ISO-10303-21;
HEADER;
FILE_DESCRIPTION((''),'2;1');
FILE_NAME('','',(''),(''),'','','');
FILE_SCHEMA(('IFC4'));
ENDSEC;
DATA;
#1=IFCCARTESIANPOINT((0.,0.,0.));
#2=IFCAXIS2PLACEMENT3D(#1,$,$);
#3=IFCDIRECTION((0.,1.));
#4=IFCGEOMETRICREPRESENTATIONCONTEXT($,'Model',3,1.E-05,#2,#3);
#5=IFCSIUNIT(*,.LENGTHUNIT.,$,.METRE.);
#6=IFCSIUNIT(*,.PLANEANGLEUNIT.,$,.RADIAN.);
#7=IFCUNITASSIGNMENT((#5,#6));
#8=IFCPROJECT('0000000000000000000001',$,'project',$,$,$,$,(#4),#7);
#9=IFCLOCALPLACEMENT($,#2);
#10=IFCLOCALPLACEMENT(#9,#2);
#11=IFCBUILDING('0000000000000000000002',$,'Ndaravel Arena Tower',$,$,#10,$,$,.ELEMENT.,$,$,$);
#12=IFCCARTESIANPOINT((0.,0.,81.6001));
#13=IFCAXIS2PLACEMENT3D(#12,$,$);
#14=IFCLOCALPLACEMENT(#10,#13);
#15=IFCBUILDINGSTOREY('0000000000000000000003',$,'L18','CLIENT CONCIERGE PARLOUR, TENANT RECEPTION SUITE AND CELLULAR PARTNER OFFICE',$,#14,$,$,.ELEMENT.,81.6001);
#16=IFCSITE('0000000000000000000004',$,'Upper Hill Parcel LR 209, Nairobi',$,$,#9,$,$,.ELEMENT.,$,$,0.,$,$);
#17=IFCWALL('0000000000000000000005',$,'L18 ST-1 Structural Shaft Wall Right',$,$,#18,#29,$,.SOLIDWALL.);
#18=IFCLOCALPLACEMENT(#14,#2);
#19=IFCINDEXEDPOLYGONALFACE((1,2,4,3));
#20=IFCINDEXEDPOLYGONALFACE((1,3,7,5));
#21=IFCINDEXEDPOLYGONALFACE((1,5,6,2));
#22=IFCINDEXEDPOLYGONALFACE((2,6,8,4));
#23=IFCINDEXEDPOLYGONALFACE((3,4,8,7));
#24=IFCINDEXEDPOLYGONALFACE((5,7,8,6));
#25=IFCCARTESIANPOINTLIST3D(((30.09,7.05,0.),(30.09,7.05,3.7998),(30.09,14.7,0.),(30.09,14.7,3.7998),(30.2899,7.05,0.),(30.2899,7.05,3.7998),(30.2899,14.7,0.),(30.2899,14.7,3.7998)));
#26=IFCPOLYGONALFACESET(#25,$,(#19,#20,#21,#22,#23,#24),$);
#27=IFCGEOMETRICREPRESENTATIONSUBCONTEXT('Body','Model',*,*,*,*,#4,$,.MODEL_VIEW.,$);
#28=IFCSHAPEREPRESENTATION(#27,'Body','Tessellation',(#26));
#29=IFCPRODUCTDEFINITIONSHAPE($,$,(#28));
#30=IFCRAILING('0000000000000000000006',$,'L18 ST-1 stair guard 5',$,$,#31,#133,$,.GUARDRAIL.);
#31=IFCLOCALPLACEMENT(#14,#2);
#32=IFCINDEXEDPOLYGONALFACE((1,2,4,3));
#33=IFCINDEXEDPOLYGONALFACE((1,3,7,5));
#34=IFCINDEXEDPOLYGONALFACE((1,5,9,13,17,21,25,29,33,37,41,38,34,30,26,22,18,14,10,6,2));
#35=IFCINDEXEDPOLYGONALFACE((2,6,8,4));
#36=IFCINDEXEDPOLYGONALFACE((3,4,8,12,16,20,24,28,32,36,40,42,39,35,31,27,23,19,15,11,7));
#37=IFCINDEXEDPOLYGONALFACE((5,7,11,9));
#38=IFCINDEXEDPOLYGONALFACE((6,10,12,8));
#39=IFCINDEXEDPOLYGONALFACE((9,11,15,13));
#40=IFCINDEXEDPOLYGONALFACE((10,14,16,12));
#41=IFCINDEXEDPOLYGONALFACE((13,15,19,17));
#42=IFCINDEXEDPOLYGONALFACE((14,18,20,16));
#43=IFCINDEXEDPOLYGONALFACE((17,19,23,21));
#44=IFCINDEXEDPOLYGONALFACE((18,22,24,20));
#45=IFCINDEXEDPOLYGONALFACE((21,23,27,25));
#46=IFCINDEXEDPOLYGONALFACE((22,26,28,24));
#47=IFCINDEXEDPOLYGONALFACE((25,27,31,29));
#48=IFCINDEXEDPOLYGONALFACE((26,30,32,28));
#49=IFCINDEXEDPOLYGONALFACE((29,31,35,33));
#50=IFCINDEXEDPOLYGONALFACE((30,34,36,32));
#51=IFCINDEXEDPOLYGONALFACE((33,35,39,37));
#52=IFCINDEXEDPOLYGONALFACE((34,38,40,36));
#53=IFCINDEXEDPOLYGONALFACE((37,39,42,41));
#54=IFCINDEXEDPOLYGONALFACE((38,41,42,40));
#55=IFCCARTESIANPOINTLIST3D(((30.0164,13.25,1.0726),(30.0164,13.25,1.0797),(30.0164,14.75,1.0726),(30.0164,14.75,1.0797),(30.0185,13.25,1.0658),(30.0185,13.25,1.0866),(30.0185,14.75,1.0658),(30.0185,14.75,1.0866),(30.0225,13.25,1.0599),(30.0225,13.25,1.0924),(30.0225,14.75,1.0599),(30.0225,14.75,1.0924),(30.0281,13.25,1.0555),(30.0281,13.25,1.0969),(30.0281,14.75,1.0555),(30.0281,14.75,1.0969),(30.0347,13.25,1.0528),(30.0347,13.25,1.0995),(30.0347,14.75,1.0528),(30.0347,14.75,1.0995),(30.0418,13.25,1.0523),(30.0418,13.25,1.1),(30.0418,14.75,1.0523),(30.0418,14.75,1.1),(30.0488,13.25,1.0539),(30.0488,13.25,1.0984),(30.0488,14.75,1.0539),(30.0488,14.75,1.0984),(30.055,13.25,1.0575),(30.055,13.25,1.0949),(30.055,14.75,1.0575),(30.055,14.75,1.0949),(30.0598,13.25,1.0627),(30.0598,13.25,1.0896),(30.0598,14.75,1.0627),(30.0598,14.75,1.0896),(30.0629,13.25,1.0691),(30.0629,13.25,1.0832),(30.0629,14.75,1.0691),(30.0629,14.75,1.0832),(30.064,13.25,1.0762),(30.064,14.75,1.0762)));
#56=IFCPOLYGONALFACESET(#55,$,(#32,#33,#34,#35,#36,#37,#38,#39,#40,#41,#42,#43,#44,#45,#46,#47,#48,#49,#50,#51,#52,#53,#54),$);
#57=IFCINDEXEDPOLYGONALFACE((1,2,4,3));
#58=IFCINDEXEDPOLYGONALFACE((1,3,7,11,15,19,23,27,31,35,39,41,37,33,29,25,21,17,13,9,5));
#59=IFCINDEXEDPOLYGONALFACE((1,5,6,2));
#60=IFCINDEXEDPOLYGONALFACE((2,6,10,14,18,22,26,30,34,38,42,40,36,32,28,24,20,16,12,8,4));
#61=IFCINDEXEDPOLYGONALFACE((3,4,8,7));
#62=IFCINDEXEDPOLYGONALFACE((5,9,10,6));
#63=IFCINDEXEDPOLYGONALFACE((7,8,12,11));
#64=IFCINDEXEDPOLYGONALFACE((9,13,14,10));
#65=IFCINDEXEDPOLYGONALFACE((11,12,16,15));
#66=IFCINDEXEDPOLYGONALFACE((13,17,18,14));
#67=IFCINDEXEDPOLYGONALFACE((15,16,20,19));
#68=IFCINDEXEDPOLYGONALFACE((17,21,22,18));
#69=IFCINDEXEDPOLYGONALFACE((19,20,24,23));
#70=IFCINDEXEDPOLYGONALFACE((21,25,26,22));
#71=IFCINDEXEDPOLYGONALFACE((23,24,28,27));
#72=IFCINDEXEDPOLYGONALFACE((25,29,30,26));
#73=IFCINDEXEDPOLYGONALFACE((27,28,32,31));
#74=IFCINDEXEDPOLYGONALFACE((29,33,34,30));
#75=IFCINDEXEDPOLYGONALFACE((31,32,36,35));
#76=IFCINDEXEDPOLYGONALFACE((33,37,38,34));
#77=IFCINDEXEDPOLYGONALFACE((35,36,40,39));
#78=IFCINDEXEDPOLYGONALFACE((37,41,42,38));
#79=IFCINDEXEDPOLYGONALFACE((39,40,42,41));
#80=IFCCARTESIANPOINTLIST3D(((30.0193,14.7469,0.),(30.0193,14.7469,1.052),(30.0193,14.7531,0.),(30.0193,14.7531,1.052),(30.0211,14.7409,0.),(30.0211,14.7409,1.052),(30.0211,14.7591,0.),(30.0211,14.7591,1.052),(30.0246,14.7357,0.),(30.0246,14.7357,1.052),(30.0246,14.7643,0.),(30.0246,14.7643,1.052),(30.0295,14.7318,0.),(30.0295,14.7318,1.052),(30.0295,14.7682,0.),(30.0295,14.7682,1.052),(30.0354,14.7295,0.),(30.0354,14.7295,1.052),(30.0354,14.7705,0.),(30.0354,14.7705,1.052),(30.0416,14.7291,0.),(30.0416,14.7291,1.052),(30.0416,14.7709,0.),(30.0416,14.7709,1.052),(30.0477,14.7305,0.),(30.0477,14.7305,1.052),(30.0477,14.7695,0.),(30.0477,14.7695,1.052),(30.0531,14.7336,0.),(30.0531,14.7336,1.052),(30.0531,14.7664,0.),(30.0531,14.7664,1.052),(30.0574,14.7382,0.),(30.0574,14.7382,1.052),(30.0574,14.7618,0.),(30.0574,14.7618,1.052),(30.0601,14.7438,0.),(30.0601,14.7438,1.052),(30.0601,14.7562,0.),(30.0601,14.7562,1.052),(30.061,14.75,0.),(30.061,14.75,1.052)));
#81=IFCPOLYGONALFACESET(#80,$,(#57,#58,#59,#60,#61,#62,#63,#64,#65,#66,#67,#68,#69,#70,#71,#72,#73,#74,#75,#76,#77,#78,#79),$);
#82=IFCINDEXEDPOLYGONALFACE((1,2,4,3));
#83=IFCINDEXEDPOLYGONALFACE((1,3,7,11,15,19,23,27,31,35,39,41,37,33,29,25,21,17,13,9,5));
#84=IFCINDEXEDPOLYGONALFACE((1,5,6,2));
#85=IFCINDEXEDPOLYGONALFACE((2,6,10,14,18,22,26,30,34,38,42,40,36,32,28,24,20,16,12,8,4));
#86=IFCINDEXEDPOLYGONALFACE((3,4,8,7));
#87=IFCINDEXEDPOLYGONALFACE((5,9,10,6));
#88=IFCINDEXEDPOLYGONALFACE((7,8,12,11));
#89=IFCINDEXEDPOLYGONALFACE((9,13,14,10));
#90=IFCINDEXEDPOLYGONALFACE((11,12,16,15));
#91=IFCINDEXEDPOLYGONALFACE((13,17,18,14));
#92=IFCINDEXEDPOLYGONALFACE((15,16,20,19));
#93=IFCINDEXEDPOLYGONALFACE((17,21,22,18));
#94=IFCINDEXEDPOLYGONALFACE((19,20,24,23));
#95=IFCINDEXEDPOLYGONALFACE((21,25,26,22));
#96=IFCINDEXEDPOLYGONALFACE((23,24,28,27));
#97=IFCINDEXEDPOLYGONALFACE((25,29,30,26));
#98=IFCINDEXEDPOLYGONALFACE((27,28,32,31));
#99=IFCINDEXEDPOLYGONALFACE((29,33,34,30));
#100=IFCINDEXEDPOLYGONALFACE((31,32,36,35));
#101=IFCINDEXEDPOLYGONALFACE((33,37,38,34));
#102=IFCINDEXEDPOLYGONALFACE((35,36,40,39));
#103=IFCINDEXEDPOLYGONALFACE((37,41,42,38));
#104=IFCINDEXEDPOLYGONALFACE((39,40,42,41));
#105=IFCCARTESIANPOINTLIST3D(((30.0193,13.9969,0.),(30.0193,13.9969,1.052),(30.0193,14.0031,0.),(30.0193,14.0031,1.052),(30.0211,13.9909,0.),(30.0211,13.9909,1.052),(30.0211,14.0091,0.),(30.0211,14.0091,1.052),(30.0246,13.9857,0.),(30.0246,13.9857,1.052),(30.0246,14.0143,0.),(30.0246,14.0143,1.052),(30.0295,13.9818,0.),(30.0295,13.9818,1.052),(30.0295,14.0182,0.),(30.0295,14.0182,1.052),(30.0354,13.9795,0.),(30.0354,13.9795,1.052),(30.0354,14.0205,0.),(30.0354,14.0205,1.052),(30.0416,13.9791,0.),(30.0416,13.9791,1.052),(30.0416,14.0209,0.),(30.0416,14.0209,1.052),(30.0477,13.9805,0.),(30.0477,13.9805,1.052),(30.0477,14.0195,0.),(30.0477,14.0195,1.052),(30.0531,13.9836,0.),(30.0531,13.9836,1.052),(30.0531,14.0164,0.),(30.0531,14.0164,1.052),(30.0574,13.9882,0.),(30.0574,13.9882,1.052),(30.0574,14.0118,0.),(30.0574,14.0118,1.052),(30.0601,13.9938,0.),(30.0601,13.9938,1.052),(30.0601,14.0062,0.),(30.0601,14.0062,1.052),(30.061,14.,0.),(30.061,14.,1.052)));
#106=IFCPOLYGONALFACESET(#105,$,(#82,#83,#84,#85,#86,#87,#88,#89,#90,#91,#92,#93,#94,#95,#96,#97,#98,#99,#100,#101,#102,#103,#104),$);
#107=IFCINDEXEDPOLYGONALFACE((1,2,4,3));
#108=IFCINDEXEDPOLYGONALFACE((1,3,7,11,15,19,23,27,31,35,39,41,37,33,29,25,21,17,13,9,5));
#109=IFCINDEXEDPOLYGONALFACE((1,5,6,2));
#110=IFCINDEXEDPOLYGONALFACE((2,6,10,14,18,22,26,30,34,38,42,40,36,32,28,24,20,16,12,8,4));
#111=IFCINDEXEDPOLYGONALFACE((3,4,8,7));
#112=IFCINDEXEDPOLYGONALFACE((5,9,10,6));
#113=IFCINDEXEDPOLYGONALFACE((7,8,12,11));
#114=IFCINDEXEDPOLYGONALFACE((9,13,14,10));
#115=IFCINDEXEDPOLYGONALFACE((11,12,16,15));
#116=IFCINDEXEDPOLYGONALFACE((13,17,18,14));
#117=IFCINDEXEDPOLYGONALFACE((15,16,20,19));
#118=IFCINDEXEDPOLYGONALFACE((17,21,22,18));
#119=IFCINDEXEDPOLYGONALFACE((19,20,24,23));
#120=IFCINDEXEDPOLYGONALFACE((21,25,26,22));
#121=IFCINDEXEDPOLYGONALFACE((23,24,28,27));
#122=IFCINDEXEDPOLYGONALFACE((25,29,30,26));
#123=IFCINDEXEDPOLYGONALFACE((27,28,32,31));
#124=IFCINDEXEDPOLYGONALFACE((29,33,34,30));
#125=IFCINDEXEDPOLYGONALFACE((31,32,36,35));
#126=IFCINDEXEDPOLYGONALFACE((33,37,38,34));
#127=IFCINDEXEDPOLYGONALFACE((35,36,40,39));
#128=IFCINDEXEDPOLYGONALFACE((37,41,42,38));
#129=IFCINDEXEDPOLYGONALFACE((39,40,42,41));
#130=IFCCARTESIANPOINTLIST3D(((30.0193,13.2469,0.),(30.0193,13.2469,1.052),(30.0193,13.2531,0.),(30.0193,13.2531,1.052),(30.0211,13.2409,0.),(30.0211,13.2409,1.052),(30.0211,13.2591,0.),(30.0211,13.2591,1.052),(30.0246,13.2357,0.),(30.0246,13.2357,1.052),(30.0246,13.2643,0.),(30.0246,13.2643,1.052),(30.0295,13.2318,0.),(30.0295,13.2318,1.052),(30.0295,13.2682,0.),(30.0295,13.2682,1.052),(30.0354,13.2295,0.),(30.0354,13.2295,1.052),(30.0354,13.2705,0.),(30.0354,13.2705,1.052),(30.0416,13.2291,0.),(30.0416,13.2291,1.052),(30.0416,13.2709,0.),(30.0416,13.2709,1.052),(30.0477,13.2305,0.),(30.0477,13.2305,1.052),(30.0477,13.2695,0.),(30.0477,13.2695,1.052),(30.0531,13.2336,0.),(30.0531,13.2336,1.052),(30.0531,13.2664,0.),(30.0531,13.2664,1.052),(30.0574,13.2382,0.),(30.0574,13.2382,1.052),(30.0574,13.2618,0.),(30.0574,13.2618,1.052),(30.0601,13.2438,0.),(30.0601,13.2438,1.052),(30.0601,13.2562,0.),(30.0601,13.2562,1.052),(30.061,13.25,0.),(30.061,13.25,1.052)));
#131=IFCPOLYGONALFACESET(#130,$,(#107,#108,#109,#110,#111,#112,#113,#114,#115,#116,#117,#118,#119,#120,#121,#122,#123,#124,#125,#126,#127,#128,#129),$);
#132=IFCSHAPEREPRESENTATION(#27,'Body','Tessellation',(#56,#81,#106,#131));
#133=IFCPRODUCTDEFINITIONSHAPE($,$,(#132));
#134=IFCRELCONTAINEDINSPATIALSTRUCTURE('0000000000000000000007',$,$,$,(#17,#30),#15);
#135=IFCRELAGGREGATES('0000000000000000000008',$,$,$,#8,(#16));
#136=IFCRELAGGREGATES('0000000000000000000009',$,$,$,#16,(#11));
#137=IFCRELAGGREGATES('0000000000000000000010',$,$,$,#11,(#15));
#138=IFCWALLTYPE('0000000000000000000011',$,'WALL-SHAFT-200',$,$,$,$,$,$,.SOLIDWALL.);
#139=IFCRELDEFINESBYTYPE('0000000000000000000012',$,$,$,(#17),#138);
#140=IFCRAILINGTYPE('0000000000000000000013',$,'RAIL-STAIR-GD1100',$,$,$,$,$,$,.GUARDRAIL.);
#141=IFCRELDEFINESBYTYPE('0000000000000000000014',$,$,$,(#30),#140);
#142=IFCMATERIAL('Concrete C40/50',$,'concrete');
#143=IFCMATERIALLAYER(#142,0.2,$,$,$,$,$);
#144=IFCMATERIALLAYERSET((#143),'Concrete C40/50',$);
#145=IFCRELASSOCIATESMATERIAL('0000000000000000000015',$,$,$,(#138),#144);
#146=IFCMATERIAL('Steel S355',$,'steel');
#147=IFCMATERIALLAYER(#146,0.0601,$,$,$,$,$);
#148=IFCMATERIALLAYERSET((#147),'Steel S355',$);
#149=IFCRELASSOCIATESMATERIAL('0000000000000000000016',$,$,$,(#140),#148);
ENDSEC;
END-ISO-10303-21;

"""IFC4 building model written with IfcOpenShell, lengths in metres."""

from ifc_helpers import new_model, si_unit, direction, frame, frame_2d, origin, origin_2d, place, context, subcontext, project, spatial, rectangle, circle, extrude, material, layer, layer_set, type_object, element, save


model = new_model("IFC4")

# Units and contexts
model_context = context("Model", 3, precision=1e-05, world=origin(), true_north=direction((0.0, 1.0)))
body_context = subcontext(model_context, "Body", "Model", "MODEL_VIEW")
ifc_project = project(units=[si_unit("LENGTHUNIT", "METRE"), si_unit("PLANEANGLEUNIT", "RADIAN")], contexts=[model_context])

# Site, building, storey
site_placement = place(None, origin())
site = spatial("IfcSite", under=ifc_project, at=site_placement, Name="Upper Hill Parcel LR 209, Nairobi", CompositionType="ELEMENT", RefElevation=0.0)
building_placement = place(site_placement, origin())
building = spatial("IfcBuilding", under=site, at=building_placement, Name="Ndaravel Arena Tower", CompositionType="ELEMENT")
storey_placement = place(building_placement, frame((0.0, 0.0, 81.6001)))
storey = spatial("IfcBuildingStorey", under=building, at=storey_placement, Name="L18", Description="CLIENT CONCIERGE PARLOUR, TENANT RECEPTION SUITE AND CELLULAR PARTNER OFFICE", CompositionType="ELEMENT", Elevation=81.6001)

# Wall
ifc_material_1 = material(Name="Concrete C40/50", Category="concrete")
ifc_layer_1 = layer(ifc_material_1, 0.2)
ifc_layer_set_1 = layer_set([ifc_layer_1], Name="Concrete C40/50")
wall_type_1 = type_object("IfcWallType", Name="WALL-SHAFT-200", PredefinedType="SOLIDWALL", material=ifc_layer_set_1)
wall_1_placement = place(storey_placement, frame((30.1899, 14.7, 0.0), z_axis=(0.0, 0.0, 1.0), x_axis=(0.0, -1.0, 0.0)))
element("IfcWall", 1, at=wall_1_placement, inside=storey, type_object=wall_type_1, Name="L18 ST-1 Structural Shaft Wall Right", PredefinedType="SOLIDWALL", context=body_context, shape_type="SweptSolid", body=[
    extrude(rectangle(XDim=7.6499, YDim=0.2, at=frame_2d((3.825, 0.0))), origin(), (0.0, 0.0, 1.0), 3.7998),
])

# Railing
ifc_material_2 = material(Name="Steel S355", Category="steel")
ifc_layer_2 = layer(ifc_material_2, 0.0601)
ifc_layer_set_2 = layer_set([ifc_layer_2], Name="Steel S355")
railing_type = type_object("IfcRailingType", Name="RAIL-STAIR-GD1100", PredefinedType="GUARDRAIL", material=ifc_layer_set_2)
railing_placement = place(storey_placement, frame((30.04, 14.75, 0.0)))
element("IfcRailing", 2, at=railing_placement, inside=storey, type_object=railing_type, Name="L18 ST-1 stair guard 5", PredefinedType="GUARDRAIL", context=body_context, shape_type="SweptSolid", body=[
    extrude(circle(Radius=0.0239, at=origin_2d()), frame((0.0, 0.0, 1.0762), z_axis=(0.0, -1.0, 0.0), x_axis=(1.0, 0.0, 0.0)), (0.0, 0.0, 1.0), 1.5),
    extrude(circle(Radius=0.021, at=origin_2d()), origin(), (0.0, 0.0, 1.0), 1.052),
    extrude(circle(Radius=0.021, at=origin_2d()), frame((0.0, -0.75, 0.0)), (0.0, 0.0, 1.0), 1.052),
    extrude(circle(Radius=0.021, at=origin_2d()), frame((0.0, -1.5, 0.0)), (0.0, 0.0, 1.0), 1.052),
])

save(model, "model.ifc")
